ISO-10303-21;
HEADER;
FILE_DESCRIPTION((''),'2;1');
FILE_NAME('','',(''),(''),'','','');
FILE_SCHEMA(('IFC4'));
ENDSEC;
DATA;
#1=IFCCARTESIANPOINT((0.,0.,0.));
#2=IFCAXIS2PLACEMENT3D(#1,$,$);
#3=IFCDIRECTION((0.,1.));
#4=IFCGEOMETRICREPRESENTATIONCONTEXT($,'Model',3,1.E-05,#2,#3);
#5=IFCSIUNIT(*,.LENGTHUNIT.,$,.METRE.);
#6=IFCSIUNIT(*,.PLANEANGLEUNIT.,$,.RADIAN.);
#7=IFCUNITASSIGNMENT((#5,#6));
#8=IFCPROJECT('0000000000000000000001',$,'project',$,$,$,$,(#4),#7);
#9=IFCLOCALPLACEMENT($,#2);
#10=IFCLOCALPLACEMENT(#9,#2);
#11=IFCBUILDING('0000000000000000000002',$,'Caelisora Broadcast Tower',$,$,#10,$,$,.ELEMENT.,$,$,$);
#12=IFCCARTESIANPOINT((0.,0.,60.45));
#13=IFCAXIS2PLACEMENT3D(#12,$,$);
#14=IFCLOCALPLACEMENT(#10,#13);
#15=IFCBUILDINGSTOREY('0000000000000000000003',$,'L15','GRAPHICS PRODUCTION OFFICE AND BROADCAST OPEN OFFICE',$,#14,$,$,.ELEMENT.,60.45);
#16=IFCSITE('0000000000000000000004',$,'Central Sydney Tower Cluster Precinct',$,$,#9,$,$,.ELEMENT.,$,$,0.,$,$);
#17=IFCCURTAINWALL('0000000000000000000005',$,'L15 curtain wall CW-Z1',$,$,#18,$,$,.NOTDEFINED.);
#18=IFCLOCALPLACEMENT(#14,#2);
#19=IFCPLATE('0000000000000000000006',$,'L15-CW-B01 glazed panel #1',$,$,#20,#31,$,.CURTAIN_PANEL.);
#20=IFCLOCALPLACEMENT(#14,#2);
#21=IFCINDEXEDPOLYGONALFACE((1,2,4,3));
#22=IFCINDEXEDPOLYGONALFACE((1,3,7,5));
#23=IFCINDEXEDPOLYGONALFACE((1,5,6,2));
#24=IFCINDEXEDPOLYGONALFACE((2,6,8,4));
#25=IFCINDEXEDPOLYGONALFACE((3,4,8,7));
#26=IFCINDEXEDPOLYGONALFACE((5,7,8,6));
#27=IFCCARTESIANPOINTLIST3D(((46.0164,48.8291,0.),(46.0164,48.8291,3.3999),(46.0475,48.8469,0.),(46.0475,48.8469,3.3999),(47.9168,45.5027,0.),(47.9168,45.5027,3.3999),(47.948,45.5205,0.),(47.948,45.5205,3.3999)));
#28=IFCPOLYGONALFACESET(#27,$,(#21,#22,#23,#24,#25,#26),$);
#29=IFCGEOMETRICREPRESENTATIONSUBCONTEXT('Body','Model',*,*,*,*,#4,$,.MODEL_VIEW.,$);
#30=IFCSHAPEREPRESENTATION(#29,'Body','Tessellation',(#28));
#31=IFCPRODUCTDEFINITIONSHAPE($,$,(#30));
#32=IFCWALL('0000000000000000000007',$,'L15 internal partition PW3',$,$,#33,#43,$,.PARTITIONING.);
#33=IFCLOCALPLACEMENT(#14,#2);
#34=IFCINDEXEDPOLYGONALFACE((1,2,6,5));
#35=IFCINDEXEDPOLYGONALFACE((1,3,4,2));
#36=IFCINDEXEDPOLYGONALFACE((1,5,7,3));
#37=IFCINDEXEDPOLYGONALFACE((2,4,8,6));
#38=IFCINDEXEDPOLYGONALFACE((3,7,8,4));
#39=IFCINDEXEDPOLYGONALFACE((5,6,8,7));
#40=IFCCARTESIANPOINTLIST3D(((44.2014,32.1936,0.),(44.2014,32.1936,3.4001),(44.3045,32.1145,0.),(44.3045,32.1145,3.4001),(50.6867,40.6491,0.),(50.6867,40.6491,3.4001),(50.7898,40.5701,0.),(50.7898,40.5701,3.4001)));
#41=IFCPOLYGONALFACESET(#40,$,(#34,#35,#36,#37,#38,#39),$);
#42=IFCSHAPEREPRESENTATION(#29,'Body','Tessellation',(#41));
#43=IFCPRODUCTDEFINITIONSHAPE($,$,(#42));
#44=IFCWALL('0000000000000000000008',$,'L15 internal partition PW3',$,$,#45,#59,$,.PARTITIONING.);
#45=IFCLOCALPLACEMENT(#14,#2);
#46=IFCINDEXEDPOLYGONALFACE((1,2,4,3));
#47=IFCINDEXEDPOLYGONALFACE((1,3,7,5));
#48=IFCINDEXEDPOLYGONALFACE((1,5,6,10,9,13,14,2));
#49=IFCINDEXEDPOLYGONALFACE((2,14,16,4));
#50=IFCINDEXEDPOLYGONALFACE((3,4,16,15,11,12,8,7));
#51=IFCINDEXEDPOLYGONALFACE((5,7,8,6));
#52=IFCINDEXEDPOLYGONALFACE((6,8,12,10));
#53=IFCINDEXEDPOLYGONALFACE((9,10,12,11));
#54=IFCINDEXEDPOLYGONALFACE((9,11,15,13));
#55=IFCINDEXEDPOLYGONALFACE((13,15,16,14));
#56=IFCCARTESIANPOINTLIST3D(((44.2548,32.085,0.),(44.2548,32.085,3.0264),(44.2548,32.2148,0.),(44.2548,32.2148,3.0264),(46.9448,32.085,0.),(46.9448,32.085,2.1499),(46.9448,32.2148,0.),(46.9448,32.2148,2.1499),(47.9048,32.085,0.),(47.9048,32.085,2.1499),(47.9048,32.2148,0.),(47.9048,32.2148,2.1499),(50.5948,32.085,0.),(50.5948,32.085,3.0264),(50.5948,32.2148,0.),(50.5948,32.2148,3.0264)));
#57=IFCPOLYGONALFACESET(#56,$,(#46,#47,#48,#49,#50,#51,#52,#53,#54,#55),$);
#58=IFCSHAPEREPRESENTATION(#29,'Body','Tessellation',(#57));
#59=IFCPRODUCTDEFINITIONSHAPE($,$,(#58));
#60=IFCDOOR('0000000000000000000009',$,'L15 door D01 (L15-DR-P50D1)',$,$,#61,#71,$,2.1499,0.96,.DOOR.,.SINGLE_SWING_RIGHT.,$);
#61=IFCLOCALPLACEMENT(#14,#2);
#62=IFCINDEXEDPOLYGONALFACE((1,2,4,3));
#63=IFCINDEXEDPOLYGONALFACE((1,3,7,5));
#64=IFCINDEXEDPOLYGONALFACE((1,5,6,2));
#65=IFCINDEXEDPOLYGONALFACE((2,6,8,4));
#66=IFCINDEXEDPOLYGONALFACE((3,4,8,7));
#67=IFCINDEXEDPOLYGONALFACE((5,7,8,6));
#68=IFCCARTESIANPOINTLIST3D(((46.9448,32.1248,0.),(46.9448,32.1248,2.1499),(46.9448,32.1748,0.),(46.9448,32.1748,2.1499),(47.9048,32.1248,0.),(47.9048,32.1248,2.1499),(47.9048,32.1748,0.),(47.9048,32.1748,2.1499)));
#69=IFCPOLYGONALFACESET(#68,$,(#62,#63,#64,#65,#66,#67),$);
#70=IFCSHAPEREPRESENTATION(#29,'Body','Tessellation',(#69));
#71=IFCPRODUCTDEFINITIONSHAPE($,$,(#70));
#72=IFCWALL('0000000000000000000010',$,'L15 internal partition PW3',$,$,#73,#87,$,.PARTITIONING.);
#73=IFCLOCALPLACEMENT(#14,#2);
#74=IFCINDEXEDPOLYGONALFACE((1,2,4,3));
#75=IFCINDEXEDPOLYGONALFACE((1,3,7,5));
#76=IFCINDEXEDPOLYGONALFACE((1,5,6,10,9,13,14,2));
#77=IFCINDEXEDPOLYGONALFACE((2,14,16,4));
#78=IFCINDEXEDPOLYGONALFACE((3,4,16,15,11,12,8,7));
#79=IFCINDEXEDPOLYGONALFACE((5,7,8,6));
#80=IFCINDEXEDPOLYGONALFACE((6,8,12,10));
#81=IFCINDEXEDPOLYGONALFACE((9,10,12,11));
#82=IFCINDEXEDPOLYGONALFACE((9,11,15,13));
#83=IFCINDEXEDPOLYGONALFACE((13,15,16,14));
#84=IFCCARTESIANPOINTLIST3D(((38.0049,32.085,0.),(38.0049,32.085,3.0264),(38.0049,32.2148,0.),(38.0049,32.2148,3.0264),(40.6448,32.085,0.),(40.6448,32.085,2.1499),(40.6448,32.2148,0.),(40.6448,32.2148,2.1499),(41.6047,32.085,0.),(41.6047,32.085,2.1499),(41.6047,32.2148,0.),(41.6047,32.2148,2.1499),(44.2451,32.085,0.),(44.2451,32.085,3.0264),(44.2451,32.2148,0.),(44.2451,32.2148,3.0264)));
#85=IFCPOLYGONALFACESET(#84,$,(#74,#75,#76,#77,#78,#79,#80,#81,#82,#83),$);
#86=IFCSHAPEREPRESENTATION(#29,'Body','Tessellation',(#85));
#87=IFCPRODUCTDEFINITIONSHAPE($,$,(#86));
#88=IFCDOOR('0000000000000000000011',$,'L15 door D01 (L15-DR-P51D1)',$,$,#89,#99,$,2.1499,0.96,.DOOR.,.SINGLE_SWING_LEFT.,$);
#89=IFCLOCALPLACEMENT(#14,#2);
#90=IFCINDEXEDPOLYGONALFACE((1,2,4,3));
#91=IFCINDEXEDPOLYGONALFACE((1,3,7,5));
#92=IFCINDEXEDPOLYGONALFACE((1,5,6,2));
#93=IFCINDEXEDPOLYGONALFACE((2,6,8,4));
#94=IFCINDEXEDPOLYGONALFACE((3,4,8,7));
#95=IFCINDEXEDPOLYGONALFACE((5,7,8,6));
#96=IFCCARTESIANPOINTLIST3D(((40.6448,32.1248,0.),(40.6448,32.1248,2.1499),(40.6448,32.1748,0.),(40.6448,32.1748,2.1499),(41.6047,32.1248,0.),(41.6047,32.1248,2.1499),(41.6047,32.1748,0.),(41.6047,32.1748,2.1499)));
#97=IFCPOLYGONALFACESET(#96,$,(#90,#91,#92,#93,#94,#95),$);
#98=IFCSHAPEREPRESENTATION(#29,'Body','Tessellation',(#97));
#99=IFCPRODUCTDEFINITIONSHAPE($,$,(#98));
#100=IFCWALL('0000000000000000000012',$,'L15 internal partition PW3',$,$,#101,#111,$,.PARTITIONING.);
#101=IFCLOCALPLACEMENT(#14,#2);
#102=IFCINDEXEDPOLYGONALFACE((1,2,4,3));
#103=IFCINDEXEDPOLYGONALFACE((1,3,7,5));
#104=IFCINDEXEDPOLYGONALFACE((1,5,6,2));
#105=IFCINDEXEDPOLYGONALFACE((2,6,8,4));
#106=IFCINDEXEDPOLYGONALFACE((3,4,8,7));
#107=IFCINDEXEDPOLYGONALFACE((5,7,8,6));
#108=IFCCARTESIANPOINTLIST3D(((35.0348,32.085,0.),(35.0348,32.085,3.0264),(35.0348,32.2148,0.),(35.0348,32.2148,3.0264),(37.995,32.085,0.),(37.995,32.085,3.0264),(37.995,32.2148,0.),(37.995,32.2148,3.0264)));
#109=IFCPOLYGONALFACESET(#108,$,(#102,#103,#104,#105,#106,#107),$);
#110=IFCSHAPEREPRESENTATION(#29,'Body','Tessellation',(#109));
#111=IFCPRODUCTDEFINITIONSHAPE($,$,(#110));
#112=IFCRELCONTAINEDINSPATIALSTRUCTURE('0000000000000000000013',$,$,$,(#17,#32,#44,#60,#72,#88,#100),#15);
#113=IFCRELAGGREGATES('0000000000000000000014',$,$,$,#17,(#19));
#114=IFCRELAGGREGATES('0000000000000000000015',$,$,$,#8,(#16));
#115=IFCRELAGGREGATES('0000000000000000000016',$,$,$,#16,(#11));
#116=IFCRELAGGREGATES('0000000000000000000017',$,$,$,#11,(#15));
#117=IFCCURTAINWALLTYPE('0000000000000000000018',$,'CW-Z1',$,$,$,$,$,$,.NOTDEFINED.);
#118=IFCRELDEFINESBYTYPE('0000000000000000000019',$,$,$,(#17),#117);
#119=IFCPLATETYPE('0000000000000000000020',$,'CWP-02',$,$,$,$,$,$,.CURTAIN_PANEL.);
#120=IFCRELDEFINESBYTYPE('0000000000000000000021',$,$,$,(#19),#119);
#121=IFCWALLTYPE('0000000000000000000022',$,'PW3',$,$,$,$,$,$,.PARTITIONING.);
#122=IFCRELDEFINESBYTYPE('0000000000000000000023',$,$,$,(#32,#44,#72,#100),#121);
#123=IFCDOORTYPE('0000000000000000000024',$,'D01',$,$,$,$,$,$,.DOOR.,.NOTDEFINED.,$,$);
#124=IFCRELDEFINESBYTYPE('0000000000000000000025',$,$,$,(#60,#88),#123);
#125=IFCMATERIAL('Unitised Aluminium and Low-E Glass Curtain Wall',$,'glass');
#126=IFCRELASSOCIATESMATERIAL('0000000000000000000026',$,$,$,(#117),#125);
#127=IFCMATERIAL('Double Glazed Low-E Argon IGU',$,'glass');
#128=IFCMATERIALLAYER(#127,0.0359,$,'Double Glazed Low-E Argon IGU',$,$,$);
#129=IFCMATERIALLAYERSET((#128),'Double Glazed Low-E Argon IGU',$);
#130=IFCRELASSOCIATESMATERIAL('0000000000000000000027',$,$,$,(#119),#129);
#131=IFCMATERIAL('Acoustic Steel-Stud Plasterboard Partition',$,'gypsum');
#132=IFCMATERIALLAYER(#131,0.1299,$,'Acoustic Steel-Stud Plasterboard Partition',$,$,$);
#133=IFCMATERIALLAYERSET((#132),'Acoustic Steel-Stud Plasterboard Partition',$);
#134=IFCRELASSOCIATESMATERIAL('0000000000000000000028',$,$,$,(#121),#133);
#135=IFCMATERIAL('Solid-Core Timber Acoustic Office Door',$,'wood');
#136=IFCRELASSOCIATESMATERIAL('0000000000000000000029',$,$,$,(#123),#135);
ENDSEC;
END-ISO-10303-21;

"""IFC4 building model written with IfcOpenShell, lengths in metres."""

from ifc_helpers import new_model, si_unit, direction, frame, frame_2d, origin, origin_2d, place, context, subcontext, project, spatial, rectangle, extrude, source, transform, mapped, material, layer, layer_set, type_object, type_shapes, element, fill, aggregate, save


model = new_model("IFC4")

# Units and contexts
model_context = context("Model", 3, precision=1e-05, world=origin(), true_north=direction((0.0, 1.0)))
body_context = subcontext(model_context, "Body", "Model", "MODEL_VIEW")
ifc_project = project(units=[si_unit("LENGTHUNIT", "METRE"), si_unit("PLANEANGLEUNIT", "RADIAN")], contexts=[model_context])

# Site, building, storey
site_placement = place(None, origin())
site = spatial("IfcSite", under=ifc_project, at=site_placement, Name="Central Sydney Tower Cluster Precinct", CompositionType="ELEMENT", RefElevation=0.0)
building_placement = place(site_placement, origin())
building = spatial("IfcBuilding", under=site, at=building_placement, Name="Caelisora Broadcast Tower", CompositionType="ELEMENT")
storey_placement = place(building_placement, frame((0.0, 0.0, 60.45)))
storey = spatial("IfcBuildingStorey", under=building, at=storey_placement, Name="L15", Description="GRAPHICS PRODUCTION OFFICE AND BROADCAST OPEN OFFICE", CompositionType="ELEMENT", Elevation=60.45)

# Curtain wall, plate
ifc_material_1 = material(Name="Unitised Aluminium and Low-E Glass Curtain Wall", Category="glass")
curtain_wall_type = type_object("IfcCurtainWallType", Name="CW-Z1", PredefinedType="NOTDEFINED", material=ifc_material_1)
curtain_wall_placement = place(storey_placement, origin())
curtain_wall = element("IfcCurtainWall", 1, at=curtain_wall_placement, inside=storey, type_object=curtain_wall_type, Name="L15 curtain wall CW-Z1", PredefinedType="NOTDEFINED")
ifc_material_2 = material(Name="Double Glazed Low-E Argon IGU", Category="glass")
ifc_layer_1 = layer(ifc_material_2, 0.0359, Name="Double Glazed Low-E Argon IGU")
ifc_layer_set_1 = layer_set([ifc_layer_1], Name="Double Glazed Low-E Argon IGU")
plate_type = type_object("IfcPlateType", Name="CWP-02", PredefinedType="CURTAIN_PANEL", material=ifc_layer_set_1)
shared_shape_1 = source(origin(), body_context, "Body", "SweptSolid", [
    extrude(rectangle(XDim=3.8311, YDim=0.0359, at=origin_2d()), origin(), (0.0, 0.0, 1.0), 3.3999),
])
type_shapes(plate_type, [shared_shape_1])
plate_placement = place(storey_placement, frame((46.9822, 47.1748, 0.0), z_axis=(0.0, 0.0, 1.0), x_axis=(0.496065, -0.868285, 0.0)))
plate = element("IfcPlate", 2, at=plate_placement, type_object=plate_type, Name="L15-CW-B01 glazed panel #1", PredefinedType="CURTAIN_PANEL", context=body_context, shape_type="MappedRepresentation", body=[
    mapped(shared_shape_1, transform((0.0, 0.0, 0.0), scale=1.0)),
])
aggregate(curtain_wall, [plate])

# Wall
ifc_material_3 = material(Name="Acoustic Steel-Stud Plasterboard Partition", Category="gypsum")
ifc_layer_2 = layer(ifc_material_3, 0.1299, Name="Acoustic Steel-Stud Plasterboard Partition")
ifc_layer_set_2 = layer_set([ifc_layer_2], Name="Acoustic Steel-Stud Plasterboard Partition")
wall_type_1 = type_object("IfcWallType", Name="PW3", PredefinedType="PARTITIONING", material=ifc_layer_set_2)
wall_1_placement = place(storey_placement, frame((44.2529, 32.1541, 0.0), z_axis=(0.0, 0.0, 1.0), x_axis=(0.608594, 0.793482, 0.0)))
element("IfcWall", 3, at=wall_1_placement, inside=storey, type_object=wall_type_1, Name="L15 internal partition PW3", PredefinedType="PARTITIONING", context=body_context, shape_type="SweptSolid", body=[
    extrude(rectangle(XDim=10.6562, YDim=0.1299, at=frame_2d((5.3281, 0.0))), origin(), (0.0, 0.0, 1.0), 3.4001),
])

# Walls, openings, doors
wall_2_placement = place(storey_placement, frame((44.2549, 32.1499, 0.0), z_axis=(0.0, 0.0, 1.0), x_axis=(1.0, 0.0, 0.0)))
wall_2 = element("IfcWall", 4, at=wall_2_placement, inside=storey, type_object=wall_type_1, Name="L15 internal partition PW3", PredefinedType="PARTITIONING", context=body_context, shape_type="SweptSolid", body=[
    extrude(rectangle(XDim=6.3401, YDim=0.1299, at=frame_2d((3.1699, 0.0))), origin(), (0.0, 0.0, 1.0), 3.0264),
])
opening_1_placement = place(wall_2_placement, frame((2.6899, 0.0, 0.0)))
opening_1 = element("IfcOpeningElement", 5, at=opening_1_placement, cuts=wall_2, PredefinedType="OPENING", context=body_context, shape_type="SweptSolid", body=[
    extrude(rectangle(XDim=0.96, YDim=2.1499, at=frame_2d((0.48, 1.075))), frame((0.0, 0.0769, 0.0), z_axis=(0.0, -1.0, 0.0), x_axis=(1.0, 0.0, 0.0)), (0.0, 0.0, 1.0), 0.1538),
])
ifc_material_4 = material(Name="Solid-Core Timber Acoustic Office Door", Category="wood")
door_type_1 = type_object("IfcDoorType", Name="D01", OperationType="NOTDEFINED", PredefinedType="DOOR", material=ifc_material_4)
door_1_placement = place(opening_1_placement, origin())
door_1 = element("IfcDoor", 6, at=door_1_placement, inside=storey, type_object=door_type_1, Name="L15 door D01 (L15-DR-P50D1)", OperationType="SINGLE_SWING_RIGHT", OverallHeight=2.1499, OverallWidth=0.96, PredefinedType="DOOR", context=body_context, shape_type="SweptSolid", body=[
    extrude(rectangle(XDim=0.96, YDim=2.1499, at=frame_2d((0.48, 1.075))), frame((0.0, 0.0249, 0.0), z_axis=(0.0, -1.0, 0.0), x_axis=(1.0, 0.0, 0.0)), (0.0, 0.0, 1.0), 0.05),
])
fill(opening_1, door_1)
wall_3_placement = place(storey_placement, frame((38.0049, 32.1499, 0.0), z_axis=(0.0, 0.0, 1.0), x_axis=(1.0, 0.0, 0.0)))
wall_3 = element("IfcWall", 7, at=wall_3_placement, inside=storey, type_object=wall_type_1, Name="L15 internal partition PW3", PredefinedType="PARTITIONING", context=body_context, shape_type="SweptSolid", body=[
    extrude(rectangle(XDim=6.2402, YDim=0.1299, at=frame_2d((3.1201, 0.0))), origin(), (0.0, 0.0, 1.0), 3.0264),
])
opening_2_placement = place(wall_3_placement, frame((2.6399, 0.0, 0.0)))
opening_2 = element("IfcOpeningElement", 8, at=opening_2_placement, cuts=wall_3, PredefinedType="OPENING", context=body_context, shape_type="SweptSolid", body=[
    extrude(rectangle(XDim=0.96, YDim=2.1499, at=frame_2d((0.48, 1.075))), frame((0.0, 0.0769, 0.0), z_axis=(0.0, -1.0, 0.0), x_axis=(1.0, 0.0, 0.0)), (0.0, 0.0, 1.0), 0.1538),
])
door_2_placement = place(opening_2_placement, origin())
door_2 = element("IfcDoor", 9, at=door_2_placement, inside=storey, type_object=door_type_1, Name="L15 door D01 (L15-DR-P51D1)", OperationType="SINGLE_SWING_LEFT", OverallHeight=2.1499, OverallWidth=0.96, PredefinedType="DOOR", context=body_context, shape_type="SweptSolid", body=[
    extrude(rectangle(XDim=0.96, YDim=2.1499, at=frame_2d((0.48, 1.075))), frame((0.0, 0.0249, 0.0), z_axis=(0.0, -1.0, 0.0), x_axis=(1.0, 0.0, 0.0)), (0.0, 0.0, 1.0), 0.05),
])
fill(opening_2, door_2)

# Wall
wall_4_placement = place(storey_placement, frame((35.0349, 32.1499, 0.0), z_axis=(0.0, 0.0, 1.0), x_axis=(1.0, 0.0, 0.0)))
element("IfcWall", 10, at=wall_4_placement, inside=storey, type_object=wall_type_1, Name="L15 internal partition PW3", PredefinedType="PARTITIONING", context=body_context, shape_type="SweptSolid", body=[
    extrude(rectangle(XDim=2.9602, YDim=0.1299, at=frame_2d((1.48, 0.0))), origin(), (0.0, 0.0, 1.0), 3.0264),
])

save(model, "model.ifc")
